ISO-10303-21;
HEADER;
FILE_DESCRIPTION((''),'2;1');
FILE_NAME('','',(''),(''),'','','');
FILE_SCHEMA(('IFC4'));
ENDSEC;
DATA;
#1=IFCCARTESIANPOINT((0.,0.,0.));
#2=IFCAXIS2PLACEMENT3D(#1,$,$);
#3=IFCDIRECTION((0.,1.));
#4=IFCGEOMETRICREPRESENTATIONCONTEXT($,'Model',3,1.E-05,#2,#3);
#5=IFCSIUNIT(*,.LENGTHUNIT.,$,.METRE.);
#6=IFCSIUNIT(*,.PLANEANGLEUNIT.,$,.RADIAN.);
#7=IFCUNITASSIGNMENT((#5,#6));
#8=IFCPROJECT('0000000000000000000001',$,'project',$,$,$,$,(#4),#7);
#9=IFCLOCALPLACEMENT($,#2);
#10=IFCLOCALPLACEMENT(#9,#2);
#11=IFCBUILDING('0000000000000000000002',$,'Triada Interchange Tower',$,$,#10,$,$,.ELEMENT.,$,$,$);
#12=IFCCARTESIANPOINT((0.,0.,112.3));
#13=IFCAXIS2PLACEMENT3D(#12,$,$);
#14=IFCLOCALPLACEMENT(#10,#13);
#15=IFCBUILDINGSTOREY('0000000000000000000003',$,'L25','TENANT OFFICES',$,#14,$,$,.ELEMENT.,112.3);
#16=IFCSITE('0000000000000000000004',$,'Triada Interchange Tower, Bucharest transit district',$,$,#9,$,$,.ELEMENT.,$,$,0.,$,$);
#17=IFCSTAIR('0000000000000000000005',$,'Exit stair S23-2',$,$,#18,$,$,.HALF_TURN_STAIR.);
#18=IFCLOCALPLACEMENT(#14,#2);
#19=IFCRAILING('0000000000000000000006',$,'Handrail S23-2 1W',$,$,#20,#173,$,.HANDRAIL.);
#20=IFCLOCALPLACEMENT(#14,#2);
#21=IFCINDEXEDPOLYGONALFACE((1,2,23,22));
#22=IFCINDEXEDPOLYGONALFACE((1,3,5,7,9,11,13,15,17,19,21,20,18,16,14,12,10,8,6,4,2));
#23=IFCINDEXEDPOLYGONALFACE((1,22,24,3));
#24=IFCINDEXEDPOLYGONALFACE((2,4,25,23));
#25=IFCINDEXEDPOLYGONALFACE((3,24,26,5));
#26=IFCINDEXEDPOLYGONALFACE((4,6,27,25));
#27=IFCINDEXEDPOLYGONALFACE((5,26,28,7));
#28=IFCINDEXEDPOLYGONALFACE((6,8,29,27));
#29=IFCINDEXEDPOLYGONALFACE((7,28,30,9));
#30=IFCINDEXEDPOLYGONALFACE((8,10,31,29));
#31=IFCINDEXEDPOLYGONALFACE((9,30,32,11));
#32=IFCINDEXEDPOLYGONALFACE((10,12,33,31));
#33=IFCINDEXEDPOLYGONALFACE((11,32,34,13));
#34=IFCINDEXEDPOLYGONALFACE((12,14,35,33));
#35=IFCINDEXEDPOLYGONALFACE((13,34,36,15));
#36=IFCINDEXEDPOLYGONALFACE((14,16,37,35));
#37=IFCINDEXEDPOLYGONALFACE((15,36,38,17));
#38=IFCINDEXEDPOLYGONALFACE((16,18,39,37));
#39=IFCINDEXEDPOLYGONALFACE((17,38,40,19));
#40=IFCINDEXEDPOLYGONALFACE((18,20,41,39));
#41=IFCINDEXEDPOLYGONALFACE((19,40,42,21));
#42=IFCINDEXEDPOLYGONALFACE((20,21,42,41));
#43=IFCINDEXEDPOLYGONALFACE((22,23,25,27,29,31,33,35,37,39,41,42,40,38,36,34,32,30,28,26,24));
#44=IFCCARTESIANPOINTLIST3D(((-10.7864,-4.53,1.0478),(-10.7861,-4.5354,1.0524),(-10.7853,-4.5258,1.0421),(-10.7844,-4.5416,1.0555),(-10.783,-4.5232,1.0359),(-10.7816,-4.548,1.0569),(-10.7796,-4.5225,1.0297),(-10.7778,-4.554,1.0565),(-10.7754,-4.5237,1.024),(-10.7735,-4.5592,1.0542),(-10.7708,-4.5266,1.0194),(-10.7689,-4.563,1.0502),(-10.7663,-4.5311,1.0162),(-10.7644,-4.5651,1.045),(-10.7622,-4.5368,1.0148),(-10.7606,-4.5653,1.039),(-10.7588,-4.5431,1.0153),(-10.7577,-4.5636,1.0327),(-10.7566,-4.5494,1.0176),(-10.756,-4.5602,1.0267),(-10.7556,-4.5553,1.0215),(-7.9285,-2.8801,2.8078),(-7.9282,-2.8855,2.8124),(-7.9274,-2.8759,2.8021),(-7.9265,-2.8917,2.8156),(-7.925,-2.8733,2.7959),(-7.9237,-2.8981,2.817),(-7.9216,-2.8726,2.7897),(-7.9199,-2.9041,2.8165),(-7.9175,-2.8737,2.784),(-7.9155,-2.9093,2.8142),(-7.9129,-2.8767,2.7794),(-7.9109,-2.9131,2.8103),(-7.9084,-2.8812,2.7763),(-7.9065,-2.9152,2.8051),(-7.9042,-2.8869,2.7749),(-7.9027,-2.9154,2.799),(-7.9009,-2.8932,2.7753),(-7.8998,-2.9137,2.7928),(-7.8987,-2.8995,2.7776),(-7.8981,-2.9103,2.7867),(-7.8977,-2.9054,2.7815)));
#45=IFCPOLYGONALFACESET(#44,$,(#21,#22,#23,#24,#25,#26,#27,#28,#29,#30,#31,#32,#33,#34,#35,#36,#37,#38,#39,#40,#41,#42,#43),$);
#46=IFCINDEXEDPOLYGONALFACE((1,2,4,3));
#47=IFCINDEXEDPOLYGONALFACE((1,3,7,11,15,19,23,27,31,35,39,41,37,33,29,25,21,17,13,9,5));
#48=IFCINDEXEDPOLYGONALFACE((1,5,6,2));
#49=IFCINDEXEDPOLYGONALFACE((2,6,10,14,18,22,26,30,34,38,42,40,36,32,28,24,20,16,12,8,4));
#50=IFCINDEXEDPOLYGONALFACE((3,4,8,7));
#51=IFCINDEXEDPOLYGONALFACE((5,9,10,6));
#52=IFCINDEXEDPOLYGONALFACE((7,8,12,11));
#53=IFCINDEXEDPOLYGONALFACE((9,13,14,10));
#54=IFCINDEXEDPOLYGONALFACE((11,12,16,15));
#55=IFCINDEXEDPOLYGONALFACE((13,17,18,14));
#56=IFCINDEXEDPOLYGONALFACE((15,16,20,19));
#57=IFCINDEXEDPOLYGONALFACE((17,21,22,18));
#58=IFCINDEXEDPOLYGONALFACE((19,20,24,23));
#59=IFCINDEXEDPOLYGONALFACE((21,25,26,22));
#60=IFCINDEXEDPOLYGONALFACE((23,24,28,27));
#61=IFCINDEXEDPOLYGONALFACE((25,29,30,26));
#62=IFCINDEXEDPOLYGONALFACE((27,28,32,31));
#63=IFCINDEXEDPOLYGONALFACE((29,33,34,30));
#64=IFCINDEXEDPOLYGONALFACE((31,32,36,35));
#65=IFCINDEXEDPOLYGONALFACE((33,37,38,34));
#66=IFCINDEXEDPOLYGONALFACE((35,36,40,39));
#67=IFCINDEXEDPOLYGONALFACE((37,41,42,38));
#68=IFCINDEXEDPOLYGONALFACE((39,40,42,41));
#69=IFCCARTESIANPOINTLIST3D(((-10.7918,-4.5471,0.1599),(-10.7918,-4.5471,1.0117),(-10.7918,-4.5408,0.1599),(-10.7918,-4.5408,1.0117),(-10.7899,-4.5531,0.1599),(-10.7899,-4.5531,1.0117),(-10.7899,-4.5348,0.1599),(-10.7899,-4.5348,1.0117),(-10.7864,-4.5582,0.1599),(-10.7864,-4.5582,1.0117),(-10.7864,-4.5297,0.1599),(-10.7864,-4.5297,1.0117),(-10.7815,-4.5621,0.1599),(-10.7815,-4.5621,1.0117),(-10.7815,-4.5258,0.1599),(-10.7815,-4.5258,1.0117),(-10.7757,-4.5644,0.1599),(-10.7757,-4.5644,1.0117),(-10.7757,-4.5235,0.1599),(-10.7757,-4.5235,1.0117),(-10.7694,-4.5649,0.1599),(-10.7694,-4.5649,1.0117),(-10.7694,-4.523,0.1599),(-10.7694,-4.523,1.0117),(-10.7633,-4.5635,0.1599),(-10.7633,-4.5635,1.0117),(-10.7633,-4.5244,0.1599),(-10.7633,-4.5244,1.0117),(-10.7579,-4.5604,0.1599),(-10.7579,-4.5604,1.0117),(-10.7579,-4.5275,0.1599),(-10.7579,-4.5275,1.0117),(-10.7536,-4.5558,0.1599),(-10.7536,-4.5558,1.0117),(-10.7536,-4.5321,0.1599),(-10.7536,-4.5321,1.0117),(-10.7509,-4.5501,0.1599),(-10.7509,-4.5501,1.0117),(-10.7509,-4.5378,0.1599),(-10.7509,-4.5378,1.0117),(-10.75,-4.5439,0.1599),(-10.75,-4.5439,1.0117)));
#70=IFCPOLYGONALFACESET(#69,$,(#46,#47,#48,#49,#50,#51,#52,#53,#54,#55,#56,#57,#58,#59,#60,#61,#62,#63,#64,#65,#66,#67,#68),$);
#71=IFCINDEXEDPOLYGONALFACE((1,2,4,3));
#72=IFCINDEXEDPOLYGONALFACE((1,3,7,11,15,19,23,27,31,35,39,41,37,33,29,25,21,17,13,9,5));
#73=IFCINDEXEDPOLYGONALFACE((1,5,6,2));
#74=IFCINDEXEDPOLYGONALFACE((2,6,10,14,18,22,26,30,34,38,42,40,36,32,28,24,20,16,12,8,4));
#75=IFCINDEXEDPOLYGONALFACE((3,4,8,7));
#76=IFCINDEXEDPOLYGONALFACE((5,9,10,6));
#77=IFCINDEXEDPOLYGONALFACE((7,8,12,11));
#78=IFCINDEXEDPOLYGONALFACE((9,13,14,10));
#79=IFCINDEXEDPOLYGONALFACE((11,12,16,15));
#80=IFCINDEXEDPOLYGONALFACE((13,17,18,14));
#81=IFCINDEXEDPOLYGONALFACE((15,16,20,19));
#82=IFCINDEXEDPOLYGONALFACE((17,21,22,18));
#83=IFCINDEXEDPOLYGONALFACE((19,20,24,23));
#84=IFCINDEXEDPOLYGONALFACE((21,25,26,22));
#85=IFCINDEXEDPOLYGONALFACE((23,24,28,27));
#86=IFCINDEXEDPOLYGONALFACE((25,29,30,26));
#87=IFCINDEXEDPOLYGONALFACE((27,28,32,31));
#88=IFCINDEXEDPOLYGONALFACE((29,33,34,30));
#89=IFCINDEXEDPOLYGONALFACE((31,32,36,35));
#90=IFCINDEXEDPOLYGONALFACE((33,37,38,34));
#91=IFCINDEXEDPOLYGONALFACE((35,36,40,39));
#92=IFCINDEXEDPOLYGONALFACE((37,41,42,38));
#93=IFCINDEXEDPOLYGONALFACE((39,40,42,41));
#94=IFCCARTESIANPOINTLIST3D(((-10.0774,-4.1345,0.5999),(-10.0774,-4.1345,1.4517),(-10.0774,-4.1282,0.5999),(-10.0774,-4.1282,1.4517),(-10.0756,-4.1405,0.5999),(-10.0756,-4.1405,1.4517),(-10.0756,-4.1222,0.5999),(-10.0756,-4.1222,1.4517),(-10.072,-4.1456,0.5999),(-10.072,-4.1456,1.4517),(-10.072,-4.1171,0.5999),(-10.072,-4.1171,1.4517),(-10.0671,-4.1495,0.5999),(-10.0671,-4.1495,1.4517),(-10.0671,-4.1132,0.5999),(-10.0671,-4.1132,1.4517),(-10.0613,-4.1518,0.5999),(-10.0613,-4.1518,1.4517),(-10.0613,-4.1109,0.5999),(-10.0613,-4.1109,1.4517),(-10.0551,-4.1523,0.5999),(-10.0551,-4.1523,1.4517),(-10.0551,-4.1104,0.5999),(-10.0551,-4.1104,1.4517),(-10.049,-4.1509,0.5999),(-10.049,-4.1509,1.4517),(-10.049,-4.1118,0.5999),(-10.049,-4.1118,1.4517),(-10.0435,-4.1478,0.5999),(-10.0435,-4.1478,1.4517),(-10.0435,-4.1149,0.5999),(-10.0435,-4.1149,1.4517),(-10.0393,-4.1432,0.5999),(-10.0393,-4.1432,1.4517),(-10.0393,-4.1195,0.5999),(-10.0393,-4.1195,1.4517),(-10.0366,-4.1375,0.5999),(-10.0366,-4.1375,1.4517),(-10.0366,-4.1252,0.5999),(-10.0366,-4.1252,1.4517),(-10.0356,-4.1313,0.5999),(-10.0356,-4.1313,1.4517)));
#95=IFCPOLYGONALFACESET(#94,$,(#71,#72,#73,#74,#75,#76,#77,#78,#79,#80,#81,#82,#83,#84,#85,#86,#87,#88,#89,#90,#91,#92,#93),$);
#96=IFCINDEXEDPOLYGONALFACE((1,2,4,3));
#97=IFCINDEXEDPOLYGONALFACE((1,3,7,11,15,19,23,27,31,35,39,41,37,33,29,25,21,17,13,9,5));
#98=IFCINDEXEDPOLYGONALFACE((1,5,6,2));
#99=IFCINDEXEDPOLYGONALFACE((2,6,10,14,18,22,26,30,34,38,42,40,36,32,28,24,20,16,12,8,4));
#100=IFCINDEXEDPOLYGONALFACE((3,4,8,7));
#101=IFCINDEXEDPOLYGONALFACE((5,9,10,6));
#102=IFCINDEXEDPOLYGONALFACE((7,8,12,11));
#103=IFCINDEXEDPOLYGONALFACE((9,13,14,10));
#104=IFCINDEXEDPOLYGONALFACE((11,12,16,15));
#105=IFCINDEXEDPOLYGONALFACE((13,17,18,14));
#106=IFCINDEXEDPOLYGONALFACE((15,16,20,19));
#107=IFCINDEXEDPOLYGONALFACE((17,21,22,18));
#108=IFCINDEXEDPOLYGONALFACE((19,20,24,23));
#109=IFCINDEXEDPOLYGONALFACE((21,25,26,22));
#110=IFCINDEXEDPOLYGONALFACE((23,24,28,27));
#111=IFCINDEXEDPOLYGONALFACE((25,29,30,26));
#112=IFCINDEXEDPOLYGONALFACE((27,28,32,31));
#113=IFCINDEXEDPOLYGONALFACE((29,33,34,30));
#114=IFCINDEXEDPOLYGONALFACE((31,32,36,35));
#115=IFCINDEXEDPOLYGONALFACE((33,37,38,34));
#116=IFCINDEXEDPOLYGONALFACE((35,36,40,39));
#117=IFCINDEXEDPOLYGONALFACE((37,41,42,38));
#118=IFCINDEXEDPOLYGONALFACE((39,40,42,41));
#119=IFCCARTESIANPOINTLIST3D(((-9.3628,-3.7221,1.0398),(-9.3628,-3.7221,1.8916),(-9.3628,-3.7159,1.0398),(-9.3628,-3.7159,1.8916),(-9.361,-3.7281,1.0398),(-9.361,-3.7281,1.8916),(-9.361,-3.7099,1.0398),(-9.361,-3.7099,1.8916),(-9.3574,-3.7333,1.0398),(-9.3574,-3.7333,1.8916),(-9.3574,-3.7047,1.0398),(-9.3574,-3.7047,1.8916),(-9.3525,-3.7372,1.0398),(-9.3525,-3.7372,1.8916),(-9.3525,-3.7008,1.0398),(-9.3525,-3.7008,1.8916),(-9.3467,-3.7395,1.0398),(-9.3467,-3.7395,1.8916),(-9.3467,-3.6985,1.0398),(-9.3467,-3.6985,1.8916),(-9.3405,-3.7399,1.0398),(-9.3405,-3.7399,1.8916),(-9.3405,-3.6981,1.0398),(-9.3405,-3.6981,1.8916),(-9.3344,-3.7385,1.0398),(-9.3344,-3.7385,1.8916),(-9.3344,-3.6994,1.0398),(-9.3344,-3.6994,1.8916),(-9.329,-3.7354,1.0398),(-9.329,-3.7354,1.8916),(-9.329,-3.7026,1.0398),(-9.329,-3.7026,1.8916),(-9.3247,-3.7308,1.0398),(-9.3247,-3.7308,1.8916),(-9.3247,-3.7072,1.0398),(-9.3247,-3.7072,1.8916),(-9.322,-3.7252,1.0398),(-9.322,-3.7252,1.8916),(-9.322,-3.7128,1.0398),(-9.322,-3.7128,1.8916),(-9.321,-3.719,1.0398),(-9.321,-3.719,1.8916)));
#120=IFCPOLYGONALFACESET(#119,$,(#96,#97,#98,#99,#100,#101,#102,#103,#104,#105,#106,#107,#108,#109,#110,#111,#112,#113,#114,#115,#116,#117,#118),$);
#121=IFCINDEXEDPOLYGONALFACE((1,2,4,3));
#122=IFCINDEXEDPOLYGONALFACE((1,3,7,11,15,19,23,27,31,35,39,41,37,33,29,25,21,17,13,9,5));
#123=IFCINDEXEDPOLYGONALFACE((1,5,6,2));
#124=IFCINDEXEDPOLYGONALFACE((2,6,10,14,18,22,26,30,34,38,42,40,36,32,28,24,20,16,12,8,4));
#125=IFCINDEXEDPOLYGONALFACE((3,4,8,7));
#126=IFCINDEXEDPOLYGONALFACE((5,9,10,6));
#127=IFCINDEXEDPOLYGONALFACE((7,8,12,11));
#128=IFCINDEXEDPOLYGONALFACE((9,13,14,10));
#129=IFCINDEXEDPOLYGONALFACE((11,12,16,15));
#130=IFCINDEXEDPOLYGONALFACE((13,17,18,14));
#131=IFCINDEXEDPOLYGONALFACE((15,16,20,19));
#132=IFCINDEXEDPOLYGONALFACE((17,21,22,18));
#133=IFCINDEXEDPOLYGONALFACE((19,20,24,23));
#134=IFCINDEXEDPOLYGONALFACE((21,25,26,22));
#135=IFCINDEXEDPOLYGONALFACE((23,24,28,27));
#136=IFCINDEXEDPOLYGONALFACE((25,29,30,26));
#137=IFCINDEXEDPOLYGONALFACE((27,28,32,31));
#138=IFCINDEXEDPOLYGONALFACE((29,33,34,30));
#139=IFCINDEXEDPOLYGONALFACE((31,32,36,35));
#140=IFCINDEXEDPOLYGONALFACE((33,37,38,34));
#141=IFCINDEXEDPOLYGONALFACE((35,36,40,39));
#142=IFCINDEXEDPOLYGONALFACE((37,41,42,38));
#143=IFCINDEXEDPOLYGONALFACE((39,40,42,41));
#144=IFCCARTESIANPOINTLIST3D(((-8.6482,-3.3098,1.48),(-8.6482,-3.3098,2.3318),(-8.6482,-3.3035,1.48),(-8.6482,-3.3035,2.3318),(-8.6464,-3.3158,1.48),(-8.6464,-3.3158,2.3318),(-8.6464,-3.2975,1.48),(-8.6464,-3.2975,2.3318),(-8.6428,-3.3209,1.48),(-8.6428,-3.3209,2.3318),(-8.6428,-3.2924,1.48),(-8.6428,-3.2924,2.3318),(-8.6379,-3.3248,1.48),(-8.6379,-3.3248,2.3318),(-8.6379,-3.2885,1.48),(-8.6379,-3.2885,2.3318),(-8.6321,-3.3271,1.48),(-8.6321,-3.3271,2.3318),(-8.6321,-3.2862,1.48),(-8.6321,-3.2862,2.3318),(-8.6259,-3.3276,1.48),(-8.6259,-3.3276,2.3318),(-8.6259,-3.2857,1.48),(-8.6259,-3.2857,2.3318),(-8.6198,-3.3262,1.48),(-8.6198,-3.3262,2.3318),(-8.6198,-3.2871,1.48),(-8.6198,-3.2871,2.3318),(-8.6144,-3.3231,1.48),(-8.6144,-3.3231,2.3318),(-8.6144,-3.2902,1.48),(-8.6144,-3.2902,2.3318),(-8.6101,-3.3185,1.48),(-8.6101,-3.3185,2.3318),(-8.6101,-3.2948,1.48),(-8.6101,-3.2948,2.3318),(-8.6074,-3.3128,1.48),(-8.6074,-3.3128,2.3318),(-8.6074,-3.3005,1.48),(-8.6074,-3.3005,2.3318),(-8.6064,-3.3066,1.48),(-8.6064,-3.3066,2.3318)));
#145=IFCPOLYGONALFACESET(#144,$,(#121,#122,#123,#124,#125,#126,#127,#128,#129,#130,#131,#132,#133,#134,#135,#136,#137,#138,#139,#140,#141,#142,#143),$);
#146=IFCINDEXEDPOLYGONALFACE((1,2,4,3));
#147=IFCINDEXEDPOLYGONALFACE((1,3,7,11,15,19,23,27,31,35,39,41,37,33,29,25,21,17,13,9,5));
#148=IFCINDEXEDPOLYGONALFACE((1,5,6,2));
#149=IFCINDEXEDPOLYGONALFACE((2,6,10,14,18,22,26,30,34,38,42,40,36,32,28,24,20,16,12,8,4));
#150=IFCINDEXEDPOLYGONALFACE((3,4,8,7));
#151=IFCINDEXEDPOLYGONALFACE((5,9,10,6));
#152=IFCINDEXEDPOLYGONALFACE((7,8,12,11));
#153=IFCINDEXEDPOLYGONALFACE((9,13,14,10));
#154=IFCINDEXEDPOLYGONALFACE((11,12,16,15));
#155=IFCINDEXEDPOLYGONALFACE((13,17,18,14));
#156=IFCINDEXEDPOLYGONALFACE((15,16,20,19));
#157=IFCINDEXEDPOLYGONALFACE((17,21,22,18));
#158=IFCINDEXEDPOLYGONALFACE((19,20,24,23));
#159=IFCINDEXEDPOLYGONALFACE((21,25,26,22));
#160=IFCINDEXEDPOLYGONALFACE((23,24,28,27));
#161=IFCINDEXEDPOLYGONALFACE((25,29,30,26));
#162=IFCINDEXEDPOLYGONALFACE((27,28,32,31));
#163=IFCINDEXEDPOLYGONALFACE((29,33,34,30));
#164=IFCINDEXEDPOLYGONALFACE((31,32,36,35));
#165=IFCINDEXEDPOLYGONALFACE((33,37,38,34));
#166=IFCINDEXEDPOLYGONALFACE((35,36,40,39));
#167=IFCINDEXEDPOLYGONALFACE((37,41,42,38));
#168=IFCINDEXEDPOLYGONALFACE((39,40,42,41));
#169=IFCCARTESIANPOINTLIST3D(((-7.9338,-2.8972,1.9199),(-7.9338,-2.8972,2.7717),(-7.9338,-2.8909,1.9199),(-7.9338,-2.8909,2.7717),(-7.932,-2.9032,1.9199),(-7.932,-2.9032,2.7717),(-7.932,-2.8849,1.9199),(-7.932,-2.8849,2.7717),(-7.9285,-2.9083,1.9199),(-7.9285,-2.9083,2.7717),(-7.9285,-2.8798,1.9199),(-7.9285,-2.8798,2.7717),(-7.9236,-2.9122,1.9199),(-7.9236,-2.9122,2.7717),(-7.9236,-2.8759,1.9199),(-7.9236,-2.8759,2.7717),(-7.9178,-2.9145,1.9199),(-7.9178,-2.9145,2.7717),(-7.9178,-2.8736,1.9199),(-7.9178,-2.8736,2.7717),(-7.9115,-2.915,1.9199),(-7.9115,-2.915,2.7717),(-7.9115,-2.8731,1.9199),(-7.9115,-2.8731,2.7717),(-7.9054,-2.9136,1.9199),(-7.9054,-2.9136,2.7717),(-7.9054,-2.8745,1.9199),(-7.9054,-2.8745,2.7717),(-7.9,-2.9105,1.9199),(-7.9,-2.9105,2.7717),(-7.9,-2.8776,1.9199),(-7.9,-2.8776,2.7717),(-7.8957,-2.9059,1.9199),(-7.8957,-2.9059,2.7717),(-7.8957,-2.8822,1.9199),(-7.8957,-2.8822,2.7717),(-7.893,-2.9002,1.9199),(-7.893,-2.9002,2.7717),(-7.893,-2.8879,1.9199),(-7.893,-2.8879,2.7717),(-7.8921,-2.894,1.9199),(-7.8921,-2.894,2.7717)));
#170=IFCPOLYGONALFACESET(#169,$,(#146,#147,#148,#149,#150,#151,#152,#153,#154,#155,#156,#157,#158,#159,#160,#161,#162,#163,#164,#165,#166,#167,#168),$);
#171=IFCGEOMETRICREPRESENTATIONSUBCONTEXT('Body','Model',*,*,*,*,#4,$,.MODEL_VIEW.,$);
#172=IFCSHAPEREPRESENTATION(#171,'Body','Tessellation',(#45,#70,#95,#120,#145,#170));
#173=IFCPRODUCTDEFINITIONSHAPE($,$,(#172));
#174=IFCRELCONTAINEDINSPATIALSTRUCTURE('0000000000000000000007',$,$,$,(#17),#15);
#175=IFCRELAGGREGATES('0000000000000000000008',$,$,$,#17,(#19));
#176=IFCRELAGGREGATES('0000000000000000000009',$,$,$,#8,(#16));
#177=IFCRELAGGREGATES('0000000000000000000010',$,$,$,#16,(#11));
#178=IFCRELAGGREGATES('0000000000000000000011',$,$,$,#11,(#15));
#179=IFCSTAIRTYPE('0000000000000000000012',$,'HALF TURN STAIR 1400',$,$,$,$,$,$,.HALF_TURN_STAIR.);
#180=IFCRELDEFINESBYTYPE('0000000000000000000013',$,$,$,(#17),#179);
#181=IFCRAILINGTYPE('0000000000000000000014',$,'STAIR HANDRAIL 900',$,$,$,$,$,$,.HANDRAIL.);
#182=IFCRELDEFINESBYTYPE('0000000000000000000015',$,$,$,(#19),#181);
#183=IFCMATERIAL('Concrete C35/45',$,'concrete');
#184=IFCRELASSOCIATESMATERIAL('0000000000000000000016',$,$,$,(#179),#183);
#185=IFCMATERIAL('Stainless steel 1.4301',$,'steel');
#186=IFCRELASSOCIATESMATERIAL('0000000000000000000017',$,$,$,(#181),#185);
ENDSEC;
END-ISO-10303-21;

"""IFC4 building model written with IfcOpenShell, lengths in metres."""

from ifc_helpers import new_model, si_unit, direction, frame, origin, origin_2d, place, context, subcontext, project, spatial, circle, extrude, material, type_object, element, aggregate, save


model = new_model("IFC4")

# Units and contexts
model_context = context("Model", 3, precision=1e-05, world=origin(), true_north=direction((0.0, 1.0)))
body_context = subcontext(model_context, "Body", "Model", "MODEL_VIEW")
ifc_project = project(units=[si_unit("LENGTHUNIT", "METRE"), si_unit("PLANEANGLEUNIT", "RADIAN")], contexts=[model_context])

# Site, building, storey
site_placement = place(None, origin())
site = spatial("IfcSite", under=ifc_project, at=site_placement, Name="Triada Interchange Tower, Bucharest transit district", CompositionType="ELEMENT", RefElevation=0.0)
building_placement = place(site_placement, origin())
building = spatial("IfcBuilding", under=site, at=building_placement, Name="Triada Interchange Tower", CompositionType="ELEMENT")
storey_placement = place(building_placement, frame((0.0, 0.0, 112.3)))
storey = spatial("IfcBuildingStorey", under=building, at=storey_placement, Name="L25", Description="TENANT OFFICES", CompositionType="ELEMENT", Elevation=112.3)

# Stair, railing
ifc_material_1 = material(Name="Concrete C35/45", Category="concrete")
stair_type = type_object("IfcStairType", Name="HALF TURN STAIR 1400", PredefinedType="HALF_TURN_STAIR", material=ifc_material_1)
stair_placement = place(storey_placement, origin())
stair = element("IfcStair", 1, at=stair_placement, inside=storey, type_object=stair_type, Name="Exit stair S23-2", PredefinedType="HALF_TURN_STAIR")
ifc_material_2 = material(Name="Stainless steel 1.4301", Category="steel")
railing_type = type_object("IfcRailingType", Name="STAIR HANDRAIL 900", PredefinedType="HANDRAIL", material=ifc_material_2)
railing_1_placement = place(storey_placement, frame((-10.771, -4.5439, 0.1599)))
railing_1 = element("IfcRailing", 2, at=railing_1_placement, type_object=railing_type, Name="Handrail S23-2 1W", PredefinedType="HANDRAIL", context=body_context, shape_type="SweptSolid", body=[
    extrude(circle(Radius=0.0239, at=origin_2d()), frame((0.0, 0.0, 0.876), z_axis=(0.764151, 0.441153, 0.470593), x_axis=(-0.499974, 0.86604, 0.0)), (0.0, 0.0, 1.0), 3.74),
    extrude(circle(Radius=0.021, at=origin_2d()), origin(), (0.0, 0.0, 1.0), 0.8518),
    extrude(circle(Radius=0.021, at=origin_2d()), frame((0.7144, 0.4126, 0.4399)), (0.0, 0.0, 1.0), 0.8518),
    extrude(circle(Radius=0.021, at=origin_2d()), frame((1.429, 0.825, 0.8799)), (0.0, 0.0, 1.0), 0.8518),
    extrude(circle(Radius=0.021, at=origin_2d()), frame((2.1436, 1.2373, 1.3201)), (0.0, 0.0, 1.0), 0.8518),
    extrude(circle(Radius=0.021, at=origin_2d()), frame((2.8579, 1.6499, 1.76)), (0.0, 0.0, 1.0), 0.8518),
])
aggregate(stair, [railing_1])

save(model, "model.ifc")
